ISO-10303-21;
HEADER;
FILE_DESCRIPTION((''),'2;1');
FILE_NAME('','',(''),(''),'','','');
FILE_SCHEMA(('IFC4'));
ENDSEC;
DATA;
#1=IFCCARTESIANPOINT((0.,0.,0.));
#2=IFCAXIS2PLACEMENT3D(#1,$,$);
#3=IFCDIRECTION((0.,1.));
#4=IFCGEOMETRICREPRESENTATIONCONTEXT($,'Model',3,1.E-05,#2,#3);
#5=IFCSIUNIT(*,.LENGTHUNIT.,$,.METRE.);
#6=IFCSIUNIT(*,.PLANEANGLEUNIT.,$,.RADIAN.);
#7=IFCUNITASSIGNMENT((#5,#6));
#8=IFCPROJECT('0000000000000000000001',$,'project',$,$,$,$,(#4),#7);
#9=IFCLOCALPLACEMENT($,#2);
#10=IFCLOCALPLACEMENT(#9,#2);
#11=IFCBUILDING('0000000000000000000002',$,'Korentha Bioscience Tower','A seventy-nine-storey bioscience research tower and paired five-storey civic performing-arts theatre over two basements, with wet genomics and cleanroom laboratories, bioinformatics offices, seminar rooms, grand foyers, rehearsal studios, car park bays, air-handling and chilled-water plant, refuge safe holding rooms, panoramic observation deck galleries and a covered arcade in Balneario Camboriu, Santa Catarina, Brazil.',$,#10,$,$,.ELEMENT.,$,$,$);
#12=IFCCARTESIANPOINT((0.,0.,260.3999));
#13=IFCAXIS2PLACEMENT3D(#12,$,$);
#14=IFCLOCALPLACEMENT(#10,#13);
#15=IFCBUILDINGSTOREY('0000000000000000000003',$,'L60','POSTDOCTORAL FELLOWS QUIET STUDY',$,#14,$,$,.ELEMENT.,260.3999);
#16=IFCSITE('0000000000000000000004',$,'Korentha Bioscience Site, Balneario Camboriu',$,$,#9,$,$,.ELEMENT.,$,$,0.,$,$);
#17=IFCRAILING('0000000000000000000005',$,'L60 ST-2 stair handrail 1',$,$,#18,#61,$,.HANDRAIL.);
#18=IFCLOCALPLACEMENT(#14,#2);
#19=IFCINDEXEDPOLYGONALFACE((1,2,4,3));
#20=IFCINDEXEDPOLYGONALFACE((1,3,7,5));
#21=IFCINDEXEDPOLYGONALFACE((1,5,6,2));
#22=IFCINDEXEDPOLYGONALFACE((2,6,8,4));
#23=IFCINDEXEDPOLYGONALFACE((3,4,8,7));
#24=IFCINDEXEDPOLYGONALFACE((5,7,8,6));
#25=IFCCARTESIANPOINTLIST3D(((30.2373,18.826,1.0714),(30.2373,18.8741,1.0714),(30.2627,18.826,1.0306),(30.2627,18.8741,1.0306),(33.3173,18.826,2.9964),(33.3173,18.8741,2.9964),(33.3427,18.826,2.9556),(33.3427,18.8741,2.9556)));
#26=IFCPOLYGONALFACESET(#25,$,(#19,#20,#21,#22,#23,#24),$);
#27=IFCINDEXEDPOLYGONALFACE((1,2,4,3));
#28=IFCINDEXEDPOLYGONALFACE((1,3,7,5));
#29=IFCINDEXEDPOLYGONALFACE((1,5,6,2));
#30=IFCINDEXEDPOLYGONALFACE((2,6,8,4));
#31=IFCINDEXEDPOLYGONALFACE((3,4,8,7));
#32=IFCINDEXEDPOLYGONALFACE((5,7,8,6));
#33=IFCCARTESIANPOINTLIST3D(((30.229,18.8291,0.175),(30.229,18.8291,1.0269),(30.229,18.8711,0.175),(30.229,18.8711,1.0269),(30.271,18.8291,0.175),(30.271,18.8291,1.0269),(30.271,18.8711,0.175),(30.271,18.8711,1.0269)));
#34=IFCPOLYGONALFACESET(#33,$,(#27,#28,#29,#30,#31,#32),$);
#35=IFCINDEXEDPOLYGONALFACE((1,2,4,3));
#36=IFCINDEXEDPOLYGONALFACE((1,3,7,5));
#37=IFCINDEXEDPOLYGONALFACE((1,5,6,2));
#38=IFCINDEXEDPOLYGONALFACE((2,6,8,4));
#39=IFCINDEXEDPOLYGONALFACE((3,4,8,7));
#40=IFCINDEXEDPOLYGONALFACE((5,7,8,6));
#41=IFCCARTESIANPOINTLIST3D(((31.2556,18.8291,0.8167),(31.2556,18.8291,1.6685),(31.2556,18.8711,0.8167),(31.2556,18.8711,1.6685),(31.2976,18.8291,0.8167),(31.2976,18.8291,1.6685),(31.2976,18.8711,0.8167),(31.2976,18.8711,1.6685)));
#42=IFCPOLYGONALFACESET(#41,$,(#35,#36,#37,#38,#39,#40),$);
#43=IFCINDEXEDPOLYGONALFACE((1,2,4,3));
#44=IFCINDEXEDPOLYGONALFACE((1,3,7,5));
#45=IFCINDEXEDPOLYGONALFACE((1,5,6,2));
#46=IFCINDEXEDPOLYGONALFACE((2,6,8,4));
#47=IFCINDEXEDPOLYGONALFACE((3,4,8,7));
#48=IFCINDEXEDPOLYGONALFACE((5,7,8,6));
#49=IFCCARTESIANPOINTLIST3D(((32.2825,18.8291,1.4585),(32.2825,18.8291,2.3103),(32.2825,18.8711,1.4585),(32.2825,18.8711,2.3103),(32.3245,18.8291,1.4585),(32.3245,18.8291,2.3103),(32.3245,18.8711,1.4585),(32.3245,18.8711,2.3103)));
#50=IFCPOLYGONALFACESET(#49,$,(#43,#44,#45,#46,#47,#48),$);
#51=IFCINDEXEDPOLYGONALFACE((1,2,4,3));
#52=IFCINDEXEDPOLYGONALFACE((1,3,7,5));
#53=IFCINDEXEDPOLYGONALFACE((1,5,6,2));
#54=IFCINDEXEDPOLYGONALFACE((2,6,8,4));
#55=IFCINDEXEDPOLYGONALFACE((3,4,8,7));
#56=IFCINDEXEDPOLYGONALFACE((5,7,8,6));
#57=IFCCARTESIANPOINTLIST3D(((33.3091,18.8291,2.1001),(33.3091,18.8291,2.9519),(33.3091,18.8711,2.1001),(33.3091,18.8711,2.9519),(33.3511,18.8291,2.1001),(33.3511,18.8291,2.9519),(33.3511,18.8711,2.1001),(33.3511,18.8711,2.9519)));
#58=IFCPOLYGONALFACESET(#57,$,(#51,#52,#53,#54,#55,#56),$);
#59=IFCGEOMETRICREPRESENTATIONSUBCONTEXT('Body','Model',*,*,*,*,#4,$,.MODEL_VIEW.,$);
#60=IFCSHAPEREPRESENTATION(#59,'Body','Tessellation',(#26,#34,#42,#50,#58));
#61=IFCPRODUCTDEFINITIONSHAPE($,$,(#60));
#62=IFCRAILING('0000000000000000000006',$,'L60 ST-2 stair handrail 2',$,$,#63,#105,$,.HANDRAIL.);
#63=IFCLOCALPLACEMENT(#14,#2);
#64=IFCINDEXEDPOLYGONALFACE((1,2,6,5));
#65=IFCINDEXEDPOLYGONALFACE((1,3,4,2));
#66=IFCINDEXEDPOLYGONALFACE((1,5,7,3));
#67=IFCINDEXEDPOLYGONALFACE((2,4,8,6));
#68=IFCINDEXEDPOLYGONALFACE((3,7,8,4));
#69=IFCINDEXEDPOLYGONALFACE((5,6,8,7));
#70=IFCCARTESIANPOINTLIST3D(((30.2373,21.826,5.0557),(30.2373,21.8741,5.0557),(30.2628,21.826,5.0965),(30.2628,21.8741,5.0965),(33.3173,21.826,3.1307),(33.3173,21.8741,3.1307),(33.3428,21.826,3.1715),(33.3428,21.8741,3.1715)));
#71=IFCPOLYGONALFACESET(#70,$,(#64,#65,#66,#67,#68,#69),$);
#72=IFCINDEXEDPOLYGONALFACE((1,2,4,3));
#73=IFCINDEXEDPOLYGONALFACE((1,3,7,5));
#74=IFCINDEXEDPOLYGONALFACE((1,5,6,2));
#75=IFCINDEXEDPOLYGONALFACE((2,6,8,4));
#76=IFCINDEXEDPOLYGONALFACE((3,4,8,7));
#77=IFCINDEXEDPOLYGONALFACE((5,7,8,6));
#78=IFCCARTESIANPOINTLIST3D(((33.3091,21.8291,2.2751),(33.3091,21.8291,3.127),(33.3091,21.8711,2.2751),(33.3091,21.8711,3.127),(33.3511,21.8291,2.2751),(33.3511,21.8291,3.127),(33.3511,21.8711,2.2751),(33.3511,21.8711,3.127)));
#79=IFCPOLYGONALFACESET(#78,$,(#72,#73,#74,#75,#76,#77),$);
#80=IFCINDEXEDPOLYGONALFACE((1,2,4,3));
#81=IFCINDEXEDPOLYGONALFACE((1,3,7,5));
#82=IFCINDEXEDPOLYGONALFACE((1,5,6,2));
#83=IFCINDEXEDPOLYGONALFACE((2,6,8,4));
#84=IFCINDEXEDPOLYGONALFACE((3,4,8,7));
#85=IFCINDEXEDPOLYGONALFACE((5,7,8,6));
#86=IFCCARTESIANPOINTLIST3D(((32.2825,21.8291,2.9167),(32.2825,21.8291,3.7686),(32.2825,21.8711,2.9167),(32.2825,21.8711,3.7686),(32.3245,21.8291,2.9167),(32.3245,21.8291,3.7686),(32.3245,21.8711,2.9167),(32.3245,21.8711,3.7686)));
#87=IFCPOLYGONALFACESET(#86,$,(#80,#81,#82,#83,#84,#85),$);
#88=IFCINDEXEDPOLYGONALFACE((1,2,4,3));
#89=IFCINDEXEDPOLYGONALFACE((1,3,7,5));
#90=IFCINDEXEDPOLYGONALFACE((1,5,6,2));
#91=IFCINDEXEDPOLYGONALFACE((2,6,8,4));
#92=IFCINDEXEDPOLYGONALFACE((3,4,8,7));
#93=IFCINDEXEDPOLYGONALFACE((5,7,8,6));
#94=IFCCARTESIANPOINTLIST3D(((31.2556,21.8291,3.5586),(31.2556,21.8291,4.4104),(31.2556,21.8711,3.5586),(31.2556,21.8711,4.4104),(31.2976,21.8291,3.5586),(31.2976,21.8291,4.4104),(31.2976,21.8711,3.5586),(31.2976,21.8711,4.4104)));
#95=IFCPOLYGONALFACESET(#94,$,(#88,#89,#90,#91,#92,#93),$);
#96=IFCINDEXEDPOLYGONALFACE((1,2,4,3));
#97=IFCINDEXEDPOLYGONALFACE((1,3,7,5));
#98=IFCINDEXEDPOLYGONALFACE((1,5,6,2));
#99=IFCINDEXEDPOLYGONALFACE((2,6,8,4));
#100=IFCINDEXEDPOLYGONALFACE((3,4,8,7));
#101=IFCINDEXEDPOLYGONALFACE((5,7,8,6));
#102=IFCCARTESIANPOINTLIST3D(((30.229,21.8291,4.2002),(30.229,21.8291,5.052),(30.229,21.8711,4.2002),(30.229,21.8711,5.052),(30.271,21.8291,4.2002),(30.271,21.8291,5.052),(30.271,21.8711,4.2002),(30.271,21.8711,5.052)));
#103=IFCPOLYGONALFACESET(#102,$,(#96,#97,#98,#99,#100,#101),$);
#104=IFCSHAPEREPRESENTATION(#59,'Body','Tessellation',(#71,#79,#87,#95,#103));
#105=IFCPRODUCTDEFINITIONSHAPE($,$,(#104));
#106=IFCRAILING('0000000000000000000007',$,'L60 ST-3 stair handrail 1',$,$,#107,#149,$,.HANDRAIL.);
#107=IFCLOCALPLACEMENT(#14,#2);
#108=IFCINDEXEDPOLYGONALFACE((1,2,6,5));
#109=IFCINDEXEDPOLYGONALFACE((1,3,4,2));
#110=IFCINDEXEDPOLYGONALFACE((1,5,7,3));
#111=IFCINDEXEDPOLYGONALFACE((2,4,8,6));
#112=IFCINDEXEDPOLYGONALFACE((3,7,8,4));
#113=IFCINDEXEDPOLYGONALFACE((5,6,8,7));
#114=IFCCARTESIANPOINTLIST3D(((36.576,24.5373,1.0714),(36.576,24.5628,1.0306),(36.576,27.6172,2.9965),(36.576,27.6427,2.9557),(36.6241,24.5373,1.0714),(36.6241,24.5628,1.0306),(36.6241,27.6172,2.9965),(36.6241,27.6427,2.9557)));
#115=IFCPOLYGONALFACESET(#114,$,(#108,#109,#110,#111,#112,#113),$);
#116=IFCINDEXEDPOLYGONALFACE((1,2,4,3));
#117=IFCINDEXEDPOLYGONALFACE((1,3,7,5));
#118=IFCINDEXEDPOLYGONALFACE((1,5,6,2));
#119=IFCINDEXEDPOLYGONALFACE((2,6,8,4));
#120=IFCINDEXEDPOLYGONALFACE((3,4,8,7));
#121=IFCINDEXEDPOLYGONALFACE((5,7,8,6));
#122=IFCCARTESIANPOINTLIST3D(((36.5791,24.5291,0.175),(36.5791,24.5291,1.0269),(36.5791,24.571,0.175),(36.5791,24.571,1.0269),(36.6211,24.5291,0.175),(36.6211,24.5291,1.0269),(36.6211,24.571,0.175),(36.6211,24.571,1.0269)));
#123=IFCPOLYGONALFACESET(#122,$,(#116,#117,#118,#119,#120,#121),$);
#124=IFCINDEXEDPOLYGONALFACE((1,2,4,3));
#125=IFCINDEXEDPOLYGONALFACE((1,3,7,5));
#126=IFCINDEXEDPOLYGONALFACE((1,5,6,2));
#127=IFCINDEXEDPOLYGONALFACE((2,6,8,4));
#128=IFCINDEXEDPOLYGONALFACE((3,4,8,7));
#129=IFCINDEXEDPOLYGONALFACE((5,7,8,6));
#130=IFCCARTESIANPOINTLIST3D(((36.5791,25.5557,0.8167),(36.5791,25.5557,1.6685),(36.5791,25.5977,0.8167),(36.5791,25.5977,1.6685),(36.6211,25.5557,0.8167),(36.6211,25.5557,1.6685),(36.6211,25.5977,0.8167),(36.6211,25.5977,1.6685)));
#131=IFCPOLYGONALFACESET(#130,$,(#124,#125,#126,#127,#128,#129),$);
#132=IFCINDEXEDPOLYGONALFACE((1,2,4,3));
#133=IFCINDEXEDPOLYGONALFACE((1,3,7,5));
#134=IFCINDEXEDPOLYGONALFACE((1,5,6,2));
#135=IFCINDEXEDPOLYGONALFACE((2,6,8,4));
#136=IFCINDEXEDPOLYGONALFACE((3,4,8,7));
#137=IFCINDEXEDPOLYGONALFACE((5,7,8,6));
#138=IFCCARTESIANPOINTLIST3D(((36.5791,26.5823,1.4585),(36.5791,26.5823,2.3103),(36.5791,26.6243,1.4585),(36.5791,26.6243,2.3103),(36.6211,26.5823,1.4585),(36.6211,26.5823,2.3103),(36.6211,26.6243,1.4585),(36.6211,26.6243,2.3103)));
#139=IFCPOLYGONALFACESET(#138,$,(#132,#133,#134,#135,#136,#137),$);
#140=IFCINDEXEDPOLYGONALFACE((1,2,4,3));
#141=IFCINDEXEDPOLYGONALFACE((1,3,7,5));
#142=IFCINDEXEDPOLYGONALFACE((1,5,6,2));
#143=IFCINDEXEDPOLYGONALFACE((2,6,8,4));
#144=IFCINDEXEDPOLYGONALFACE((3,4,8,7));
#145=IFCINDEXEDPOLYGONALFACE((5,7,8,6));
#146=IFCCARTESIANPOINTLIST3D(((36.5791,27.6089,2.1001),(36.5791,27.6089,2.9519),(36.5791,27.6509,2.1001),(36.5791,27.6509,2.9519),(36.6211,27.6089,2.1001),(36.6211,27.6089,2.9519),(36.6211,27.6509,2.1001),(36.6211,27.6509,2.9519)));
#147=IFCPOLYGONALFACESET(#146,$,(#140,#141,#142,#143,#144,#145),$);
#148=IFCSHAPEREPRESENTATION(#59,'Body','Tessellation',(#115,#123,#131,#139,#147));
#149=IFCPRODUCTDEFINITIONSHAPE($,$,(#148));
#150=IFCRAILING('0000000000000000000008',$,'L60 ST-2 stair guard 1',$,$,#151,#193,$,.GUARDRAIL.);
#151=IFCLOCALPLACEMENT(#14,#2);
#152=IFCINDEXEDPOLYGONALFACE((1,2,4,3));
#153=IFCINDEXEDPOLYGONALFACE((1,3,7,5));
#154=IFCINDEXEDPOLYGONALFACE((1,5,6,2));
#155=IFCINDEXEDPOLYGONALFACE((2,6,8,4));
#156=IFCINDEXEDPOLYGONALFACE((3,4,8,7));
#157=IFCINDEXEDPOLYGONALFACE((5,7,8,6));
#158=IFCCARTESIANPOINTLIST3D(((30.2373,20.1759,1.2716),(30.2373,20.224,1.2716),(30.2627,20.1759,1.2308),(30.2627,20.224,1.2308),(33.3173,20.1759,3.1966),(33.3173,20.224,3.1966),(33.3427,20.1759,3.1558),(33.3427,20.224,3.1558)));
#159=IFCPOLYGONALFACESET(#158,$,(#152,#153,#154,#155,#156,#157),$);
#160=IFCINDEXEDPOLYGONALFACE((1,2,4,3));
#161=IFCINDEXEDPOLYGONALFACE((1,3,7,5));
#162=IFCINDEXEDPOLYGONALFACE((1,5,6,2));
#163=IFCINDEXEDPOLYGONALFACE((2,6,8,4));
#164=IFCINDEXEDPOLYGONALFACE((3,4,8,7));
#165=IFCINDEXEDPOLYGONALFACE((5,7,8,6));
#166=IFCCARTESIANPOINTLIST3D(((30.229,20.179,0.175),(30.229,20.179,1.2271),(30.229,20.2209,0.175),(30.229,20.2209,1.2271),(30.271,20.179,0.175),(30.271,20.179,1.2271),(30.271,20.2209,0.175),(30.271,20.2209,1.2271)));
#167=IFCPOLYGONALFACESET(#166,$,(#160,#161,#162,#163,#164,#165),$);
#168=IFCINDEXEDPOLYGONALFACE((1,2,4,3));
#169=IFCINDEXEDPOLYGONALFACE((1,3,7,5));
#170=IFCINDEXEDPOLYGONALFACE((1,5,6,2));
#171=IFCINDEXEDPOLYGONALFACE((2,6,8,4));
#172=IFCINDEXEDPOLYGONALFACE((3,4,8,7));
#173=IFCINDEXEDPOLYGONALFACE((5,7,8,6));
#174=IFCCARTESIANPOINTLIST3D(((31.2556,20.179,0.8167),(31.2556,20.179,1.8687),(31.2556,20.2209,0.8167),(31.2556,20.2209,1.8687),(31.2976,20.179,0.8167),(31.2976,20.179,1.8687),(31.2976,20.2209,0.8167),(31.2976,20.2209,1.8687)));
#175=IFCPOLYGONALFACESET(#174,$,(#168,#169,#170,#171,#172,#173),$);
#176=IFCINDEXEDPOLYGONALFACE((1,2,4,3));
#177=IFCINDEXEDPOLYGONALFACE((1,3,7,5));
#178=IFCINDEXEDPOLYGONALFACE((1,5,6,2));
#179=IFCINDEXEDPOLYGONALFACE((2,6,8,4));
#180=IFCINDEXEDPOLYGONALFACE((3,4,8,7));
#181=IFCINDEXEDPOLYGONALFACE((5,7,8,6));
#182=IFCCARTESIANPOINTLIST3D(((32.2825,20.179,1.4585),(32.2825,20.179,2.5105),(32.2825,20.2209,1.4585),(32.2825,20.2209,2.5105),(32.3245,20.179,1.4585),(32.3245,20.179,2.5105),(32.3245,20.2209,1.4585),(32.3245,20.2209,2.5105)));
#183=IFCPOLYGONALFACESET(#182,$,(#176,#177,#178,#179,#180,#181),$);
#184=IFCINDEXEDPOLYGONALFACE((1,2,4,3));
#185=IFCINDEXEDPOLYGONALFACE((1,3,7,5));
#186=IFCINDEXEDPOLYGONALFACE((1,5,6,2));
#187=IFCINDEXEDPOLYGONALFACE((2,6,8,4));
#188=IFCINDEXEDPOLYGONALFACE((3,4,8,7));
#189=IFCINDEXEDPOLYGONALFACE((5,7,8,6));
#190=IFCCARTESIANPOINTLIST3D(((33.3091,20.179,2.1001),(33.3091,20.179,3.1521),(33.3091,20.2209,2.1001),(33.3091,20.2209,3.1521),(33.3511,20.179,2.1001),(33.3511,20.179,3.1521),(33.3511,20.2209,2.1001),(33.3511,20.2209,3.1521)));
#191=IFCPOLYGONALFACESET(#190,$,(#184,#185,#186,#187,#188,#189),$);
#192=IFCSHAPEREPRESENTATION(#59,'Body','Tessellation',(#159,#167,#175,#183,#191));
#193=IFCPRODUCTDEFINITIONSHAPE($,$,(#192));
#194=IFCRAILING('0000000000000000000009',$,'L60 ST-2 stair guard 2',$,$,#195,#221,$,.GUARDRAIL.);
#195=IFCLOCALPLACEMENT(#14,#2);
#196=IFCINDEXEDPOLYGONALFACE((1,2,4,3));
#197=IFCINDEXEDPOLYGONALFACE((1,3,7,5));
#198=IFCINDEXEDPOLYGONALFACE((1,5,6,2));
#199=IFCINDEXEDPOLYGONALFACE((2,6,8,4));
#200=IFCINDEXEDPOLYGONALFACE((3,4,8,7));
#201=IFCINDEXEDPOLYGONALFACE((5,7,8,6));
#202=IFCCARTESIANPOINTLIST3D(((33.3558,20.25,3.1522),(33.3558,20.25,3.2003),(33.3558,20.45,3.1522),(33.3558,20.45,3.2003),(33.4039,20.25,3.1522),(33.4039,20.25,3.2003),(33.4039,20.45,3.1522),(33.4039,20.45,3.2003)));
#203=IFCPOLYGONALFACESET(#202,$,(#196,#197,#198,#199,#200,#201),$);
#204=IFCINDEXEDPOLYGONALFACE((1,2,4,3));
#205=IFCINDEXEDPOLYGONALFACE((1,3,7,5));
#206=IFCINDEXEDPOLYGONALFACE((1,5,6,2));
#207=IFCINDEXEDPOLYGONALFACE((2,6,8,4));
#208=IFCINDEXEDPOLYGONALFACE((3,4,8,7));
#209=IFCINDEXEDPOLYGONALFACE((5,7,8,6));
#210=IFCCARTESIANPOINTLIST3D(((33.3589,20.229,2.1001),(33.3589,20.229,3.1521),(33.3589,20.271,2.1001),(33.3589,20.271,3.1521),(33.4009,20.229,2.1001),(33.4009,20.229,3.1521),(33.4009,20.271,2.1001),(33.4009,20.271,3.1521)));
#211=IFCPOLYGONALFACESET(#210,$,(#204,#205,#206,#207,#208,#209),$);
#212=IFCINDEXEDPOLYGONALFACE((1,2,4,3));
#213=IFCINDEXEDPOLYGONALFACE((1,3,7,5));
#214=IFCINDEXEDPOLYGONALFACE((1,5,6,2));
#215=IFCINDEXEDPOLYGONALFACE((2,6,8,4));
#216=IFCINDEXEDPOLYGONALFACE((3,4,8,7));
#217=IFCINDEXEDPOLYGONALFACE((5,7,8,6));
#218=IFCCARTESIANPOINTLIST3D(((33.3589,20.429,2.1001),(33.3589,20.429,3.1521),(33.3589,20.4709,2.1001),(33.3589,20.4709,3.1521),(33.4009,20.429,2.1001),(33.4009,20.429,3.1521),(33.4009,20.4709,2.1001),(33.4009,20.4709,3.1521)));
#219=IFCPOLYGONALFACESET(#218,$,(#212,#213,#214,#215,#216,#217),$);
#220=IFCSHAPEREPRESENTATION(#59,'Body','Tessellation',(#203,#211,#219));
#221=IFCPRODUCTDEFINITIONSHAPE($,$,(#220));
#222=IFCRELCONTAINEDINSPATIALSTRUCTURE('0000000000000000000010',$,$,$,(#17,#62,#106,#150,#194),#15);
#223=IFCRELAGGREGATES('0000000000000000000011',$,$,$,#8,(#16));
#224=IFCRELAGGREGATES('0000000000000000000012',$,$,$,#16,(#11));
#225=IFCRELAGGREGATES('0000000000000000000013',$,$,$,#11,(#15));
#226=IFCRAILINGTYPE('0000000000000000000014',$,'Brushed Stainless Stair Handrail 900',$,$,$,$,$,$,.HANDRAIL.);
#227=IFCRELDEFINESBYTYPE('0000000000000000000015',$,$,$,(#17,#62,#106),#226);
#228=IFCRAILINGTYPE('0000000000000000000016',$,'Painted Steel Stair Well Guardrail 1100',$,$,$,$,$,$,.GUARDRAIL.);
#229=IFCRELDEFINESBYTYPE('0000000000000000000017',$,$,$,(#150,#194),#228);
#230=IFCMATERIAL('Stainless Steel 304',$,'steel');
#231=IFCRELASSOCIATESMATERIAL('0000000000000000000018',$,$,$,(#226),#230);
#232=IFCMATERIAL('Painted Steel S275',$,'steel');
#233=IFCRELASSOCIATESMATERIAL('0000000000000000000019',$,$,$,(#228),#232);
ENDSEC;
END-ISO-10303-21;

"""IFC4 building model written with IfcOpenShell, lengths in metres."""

from ifc_helpers import new_model, si_unit, direction, frame, origin, origin_2d, place, context, subcontext, project, spatial, rectangle, extrude, material, type_object, element, save


model = new_model("IFC4")

# Units and contexts
model_context = context("Model", 3, precision=1e-05, world=origin(), true_north=direction((0.0, 1.0)))
body_context = subcontext(model_context, "Body", "Model", "MODEL_VIEW")
ifc_project = project(units=[si_unit("LENGTHUNIT", "METRE"), si_unit("PLANEANGLEUNIT", "RADIAN")], contexts=[model_context])

# Site, building, storey
site_placement = place(None, origin())
site = spatial("IfcSite", under=ifc_project, at=site_placement, Name="Korentha Bioscience Site, Balneario Camboriu", CompositionType="ELEMENT", RefElevation=0.0)
building_placement = place(site_placement, origin())
building = spatial("IfcBuilding", under=site, at=building_placement, Name="Korentha Bioscience Tower", Description="A seventy-nine-storey bioscience research tower and paired five-storey civic performing-arts theatre over two basements, with wet genomics and cleanroom laboratories, bioinformatics offices, seminar rooms, grand foyers, rehearsal studios, car park bays, air-handling and chilled-water plant, refuge safe holding rooms, panoramic observation deck galleries and a covered arcade in Balneario Camboriu, Santa Catarina, Brazil.", CompositionType="ELEMENT")
storey_placement = place(building_placement, frame((0.0, 0.0, 260.3999)))
storey = spatial("IfcBuildingStorey", under=building, at=storey_placement, Name="L60", Description="POSTDOCTORAL FELLOWS QUIET STUDY", CompositionType="ELEMENT", Elevation=260.3999)

# Railings
ifc_material_1 = material(Name="Stainless Steel 304", Category="steel")
railing_type_1 = type_object("IfcRailingType", Name="Brushed Stainless Stair Handrail 900", PredefinedType="HANDRAIL", material=ifc_material_1)
railing_1_placement = place(storey_placement, frame((30.25, 18.8501, 0.175)))
element("IfcRailing", 1, at=railing_1_placement, inside=storey, type_object=railing_type_1, Name="L60 ST-2 stair handrail 1", PredefinedType="HANDRAIL", context=body_context, shape_type="SweptSolid", body=[
    extrude(rectangle(XDim=0.0481, YDim=0.0481, at=origin_2d()), frame((0.0, 0.0, 0.876), z_axis=(0.847998, 0.0, 0.529999), x_axis=(0.0, 1.0, 0.0)), (0.0, 0.0, 1.0), 3.6321),
    extrude(rectangle(XDim=0.042, YDim=0.042, at=origin_2d()), origin(), (0.0, 0.0, 1.0), 0.8518),
    extrude(rectangle(XDim=0.042, YDim=0.042, at=origin_2d()), frame((1.0266, 0.0, 0.6416)), (0.0, 0.0, 1.0), 0.8518),
    extrude(rectangle(XDim=0.042, YDim=0.042, at=origin_2d()), frame((2.0535, 0.0, 1.2834)), (0.0, 0.0, 1.0), 0.8518),
    extrude(rectangle(XDim=0.042, YDim=0.042, at=origin_2d()), frame((3.0801, 0.0, 1.925)), (0.0, 0.0, 1.0), 0.8518),
])
railing_2_placement = place(storey_placement, frame((33.3301, 21.8501, 2.2751)))
element("IfcRailing", 2, at=railing_2_placement, inside=storey, type_object=railing_type_1, Name="L60 ST-2 stair handrail 2", PredefinedType="HANDRAIL", context=body_context, shape_type="SweptSolid", body=[
    extrude(rectangle(XDim=0.0481, YDim=0.0481, at=origin_2d()), frame((0.0, 0.0, 0.876), z_axis=(-0.847998, 0.0, 0.529999), x_axis=(0.0, -1.0, 0.0)), (0.0, 0.0, 1.0), 3.6321),
    extrude(rectangle(XDim=0.042, YDim=0.042, at=origin_2d()), origin(), (0.0, 0.0, 1.0), 0.8518),
    extrude(rectangle(XDim=0.042, YDim=0.042, at=origin_2d()), frame((-1.0266, 0.0, 0.6416)), (0.0, 0.0, 1.0), 0.8518),
    extrude(rectangle(XDim=0.042, YDim=0.042, at=origin_2d()), frame((-2.0535, 0.0, 1.2834)), (0.0, 0.0, 1.0), 0.8518),
    extrude(rectangle(XDim=0.042, YDim=0.042, at=origin_2d()), frame((-3.0801, 0.0, 1.925)), (0.0, 0.0, 1.0), 0.8518),
])
railing_3_placement = place(storey_placement, frame((36.6001, 24.55, 0.175)))
element("IfcRailing", 3, at=railing_3_placement, inside=storey, type_object=railing_type_1, Name="L60 ST-3 stair handrail 1", PredefinedType="HANDRAIL", context=body_context, shape_type="SweptSolid", body=[
    extrude(rectangle(XDim=0.0481, YDim=0.0481, at=origin_2d()), frame((0.0, 0.0, 0.876), z_axis=(0.0, 0.847979, 0.530029), x_axis=(-1.0, 0.0, 0.0)), (0.0, 0.0, 1.0), 3.6321),
    extrude(rectangle(XDim=0.042, YDim=0.042, at=origin_2d()), origin(), (0.0, 0.0, 1.0), 0.8518),
    extrude(rectangle(XDim=0.042, YDim=0.042, at=origin_2d()), frame((0.0, 1.0266, 0.6416)), (0.0, 0.0, 1.0), 0.8518),
    extrude(rectangle(XDim=0.042, YDim=0.042, at=origin_2d()), frame((0.0, 2.0532, 1.2834)), (0.0, 0.0, 1.0), 0.8518),
    extrude(rectangle(XDim=0.042, YDim=0.042, at=origin_2d()), frame((0.0, 3.0798, 1.925)), (0.0, 0.0, 1.0), 0.8518),
])
ifc_material_2 = material(Name="Painted Steel S275", Category="steel")
railing_type_2 = type_object("IfcRailingType", Name="Painted Steel Stair Well Guardrail 1100", PredefinedType="GUARDRAIL", material=ifc_material_2)
railing_4_placement = place(storey_placement, frame((30.25, 20.2, 0.175)))
element("IfcRailing", 4, at=railing_4_placement, inside=storey, type_object=railing_type_2, Name="L60 ST-2 stair guard 1", PredefinedType="GUARDRAIL", context=body_context, shape_type="SweptSolid", body=[
    extrude(rectangle(XDim=0.0481, YDim=0.0481, at=origin_2d()), frame((0.0, 0.0, 1.0762), z_axis=(0.847998, 0.0, 0.529999), x_axis=(0.0, 1.0, 0.0)), (0.0, 0.0, 1.0), 3.6321),
    extrude(rectangle(XDim=0.042, YDim=0.042, at=origin_2d()), origin(), (0.0, 0.0, 1.0), 1.052),
    extrude(rectangle(XDim=0.042, YDim=0.042, at=origin_2d()), frame((1.0266, 0.0, 0.6416)), (0.0, 0.0, 1.0), 1.052),
    extrude(rectangle(XDim=0.042, YDim=0.042, at=origin_2d()), frame((2.0535, 0.0, 1.2834)), (0.0, 0.0, 1.0), 1.052),
    extrude(rectangle(XDim=0.042, YDim=0.042, at=origin_2d()), frame((3.0801, 0.0, 1.925)), (0.0, 0.0, 1.0), 1.052),
])
railing_5_placement = place(storey_placement, frame((33.3799, 20.25, 2.1001)))
element("IfcRailing", 5, at=railing_5_placement, inside=storey, type_object=railing_type_2, Name="L60 ST-2 stair guard 2", PredefinedType="GUARDRAIL", context=body_context, shape_type="SweptSolid", body=[
    extrude(rectangle(XDim=0.0481, YDim=0.0481, at=origin_2d()), frame((0.0, 0.0, 1.0762), z_axis=(0.0, 1.0, 0.0), x_axis=(-1.0, 0.0, 0.0)), (0.0, 0.0, 1.0), 0.2),
    extrude(rectangle(XDim=0.042, YDim=0.042, at=origin_2d()), origin(), (0.0, 0.0, 1.0), 1.052),
    extrude(rectangle(XDim=0.042, YDim=0.042, at=origin_2d()), frame((0.0, 0.2, 0.0)), (0.0, 0.0, 1.0), 1.052),
])

save(model, "model.ifc")
